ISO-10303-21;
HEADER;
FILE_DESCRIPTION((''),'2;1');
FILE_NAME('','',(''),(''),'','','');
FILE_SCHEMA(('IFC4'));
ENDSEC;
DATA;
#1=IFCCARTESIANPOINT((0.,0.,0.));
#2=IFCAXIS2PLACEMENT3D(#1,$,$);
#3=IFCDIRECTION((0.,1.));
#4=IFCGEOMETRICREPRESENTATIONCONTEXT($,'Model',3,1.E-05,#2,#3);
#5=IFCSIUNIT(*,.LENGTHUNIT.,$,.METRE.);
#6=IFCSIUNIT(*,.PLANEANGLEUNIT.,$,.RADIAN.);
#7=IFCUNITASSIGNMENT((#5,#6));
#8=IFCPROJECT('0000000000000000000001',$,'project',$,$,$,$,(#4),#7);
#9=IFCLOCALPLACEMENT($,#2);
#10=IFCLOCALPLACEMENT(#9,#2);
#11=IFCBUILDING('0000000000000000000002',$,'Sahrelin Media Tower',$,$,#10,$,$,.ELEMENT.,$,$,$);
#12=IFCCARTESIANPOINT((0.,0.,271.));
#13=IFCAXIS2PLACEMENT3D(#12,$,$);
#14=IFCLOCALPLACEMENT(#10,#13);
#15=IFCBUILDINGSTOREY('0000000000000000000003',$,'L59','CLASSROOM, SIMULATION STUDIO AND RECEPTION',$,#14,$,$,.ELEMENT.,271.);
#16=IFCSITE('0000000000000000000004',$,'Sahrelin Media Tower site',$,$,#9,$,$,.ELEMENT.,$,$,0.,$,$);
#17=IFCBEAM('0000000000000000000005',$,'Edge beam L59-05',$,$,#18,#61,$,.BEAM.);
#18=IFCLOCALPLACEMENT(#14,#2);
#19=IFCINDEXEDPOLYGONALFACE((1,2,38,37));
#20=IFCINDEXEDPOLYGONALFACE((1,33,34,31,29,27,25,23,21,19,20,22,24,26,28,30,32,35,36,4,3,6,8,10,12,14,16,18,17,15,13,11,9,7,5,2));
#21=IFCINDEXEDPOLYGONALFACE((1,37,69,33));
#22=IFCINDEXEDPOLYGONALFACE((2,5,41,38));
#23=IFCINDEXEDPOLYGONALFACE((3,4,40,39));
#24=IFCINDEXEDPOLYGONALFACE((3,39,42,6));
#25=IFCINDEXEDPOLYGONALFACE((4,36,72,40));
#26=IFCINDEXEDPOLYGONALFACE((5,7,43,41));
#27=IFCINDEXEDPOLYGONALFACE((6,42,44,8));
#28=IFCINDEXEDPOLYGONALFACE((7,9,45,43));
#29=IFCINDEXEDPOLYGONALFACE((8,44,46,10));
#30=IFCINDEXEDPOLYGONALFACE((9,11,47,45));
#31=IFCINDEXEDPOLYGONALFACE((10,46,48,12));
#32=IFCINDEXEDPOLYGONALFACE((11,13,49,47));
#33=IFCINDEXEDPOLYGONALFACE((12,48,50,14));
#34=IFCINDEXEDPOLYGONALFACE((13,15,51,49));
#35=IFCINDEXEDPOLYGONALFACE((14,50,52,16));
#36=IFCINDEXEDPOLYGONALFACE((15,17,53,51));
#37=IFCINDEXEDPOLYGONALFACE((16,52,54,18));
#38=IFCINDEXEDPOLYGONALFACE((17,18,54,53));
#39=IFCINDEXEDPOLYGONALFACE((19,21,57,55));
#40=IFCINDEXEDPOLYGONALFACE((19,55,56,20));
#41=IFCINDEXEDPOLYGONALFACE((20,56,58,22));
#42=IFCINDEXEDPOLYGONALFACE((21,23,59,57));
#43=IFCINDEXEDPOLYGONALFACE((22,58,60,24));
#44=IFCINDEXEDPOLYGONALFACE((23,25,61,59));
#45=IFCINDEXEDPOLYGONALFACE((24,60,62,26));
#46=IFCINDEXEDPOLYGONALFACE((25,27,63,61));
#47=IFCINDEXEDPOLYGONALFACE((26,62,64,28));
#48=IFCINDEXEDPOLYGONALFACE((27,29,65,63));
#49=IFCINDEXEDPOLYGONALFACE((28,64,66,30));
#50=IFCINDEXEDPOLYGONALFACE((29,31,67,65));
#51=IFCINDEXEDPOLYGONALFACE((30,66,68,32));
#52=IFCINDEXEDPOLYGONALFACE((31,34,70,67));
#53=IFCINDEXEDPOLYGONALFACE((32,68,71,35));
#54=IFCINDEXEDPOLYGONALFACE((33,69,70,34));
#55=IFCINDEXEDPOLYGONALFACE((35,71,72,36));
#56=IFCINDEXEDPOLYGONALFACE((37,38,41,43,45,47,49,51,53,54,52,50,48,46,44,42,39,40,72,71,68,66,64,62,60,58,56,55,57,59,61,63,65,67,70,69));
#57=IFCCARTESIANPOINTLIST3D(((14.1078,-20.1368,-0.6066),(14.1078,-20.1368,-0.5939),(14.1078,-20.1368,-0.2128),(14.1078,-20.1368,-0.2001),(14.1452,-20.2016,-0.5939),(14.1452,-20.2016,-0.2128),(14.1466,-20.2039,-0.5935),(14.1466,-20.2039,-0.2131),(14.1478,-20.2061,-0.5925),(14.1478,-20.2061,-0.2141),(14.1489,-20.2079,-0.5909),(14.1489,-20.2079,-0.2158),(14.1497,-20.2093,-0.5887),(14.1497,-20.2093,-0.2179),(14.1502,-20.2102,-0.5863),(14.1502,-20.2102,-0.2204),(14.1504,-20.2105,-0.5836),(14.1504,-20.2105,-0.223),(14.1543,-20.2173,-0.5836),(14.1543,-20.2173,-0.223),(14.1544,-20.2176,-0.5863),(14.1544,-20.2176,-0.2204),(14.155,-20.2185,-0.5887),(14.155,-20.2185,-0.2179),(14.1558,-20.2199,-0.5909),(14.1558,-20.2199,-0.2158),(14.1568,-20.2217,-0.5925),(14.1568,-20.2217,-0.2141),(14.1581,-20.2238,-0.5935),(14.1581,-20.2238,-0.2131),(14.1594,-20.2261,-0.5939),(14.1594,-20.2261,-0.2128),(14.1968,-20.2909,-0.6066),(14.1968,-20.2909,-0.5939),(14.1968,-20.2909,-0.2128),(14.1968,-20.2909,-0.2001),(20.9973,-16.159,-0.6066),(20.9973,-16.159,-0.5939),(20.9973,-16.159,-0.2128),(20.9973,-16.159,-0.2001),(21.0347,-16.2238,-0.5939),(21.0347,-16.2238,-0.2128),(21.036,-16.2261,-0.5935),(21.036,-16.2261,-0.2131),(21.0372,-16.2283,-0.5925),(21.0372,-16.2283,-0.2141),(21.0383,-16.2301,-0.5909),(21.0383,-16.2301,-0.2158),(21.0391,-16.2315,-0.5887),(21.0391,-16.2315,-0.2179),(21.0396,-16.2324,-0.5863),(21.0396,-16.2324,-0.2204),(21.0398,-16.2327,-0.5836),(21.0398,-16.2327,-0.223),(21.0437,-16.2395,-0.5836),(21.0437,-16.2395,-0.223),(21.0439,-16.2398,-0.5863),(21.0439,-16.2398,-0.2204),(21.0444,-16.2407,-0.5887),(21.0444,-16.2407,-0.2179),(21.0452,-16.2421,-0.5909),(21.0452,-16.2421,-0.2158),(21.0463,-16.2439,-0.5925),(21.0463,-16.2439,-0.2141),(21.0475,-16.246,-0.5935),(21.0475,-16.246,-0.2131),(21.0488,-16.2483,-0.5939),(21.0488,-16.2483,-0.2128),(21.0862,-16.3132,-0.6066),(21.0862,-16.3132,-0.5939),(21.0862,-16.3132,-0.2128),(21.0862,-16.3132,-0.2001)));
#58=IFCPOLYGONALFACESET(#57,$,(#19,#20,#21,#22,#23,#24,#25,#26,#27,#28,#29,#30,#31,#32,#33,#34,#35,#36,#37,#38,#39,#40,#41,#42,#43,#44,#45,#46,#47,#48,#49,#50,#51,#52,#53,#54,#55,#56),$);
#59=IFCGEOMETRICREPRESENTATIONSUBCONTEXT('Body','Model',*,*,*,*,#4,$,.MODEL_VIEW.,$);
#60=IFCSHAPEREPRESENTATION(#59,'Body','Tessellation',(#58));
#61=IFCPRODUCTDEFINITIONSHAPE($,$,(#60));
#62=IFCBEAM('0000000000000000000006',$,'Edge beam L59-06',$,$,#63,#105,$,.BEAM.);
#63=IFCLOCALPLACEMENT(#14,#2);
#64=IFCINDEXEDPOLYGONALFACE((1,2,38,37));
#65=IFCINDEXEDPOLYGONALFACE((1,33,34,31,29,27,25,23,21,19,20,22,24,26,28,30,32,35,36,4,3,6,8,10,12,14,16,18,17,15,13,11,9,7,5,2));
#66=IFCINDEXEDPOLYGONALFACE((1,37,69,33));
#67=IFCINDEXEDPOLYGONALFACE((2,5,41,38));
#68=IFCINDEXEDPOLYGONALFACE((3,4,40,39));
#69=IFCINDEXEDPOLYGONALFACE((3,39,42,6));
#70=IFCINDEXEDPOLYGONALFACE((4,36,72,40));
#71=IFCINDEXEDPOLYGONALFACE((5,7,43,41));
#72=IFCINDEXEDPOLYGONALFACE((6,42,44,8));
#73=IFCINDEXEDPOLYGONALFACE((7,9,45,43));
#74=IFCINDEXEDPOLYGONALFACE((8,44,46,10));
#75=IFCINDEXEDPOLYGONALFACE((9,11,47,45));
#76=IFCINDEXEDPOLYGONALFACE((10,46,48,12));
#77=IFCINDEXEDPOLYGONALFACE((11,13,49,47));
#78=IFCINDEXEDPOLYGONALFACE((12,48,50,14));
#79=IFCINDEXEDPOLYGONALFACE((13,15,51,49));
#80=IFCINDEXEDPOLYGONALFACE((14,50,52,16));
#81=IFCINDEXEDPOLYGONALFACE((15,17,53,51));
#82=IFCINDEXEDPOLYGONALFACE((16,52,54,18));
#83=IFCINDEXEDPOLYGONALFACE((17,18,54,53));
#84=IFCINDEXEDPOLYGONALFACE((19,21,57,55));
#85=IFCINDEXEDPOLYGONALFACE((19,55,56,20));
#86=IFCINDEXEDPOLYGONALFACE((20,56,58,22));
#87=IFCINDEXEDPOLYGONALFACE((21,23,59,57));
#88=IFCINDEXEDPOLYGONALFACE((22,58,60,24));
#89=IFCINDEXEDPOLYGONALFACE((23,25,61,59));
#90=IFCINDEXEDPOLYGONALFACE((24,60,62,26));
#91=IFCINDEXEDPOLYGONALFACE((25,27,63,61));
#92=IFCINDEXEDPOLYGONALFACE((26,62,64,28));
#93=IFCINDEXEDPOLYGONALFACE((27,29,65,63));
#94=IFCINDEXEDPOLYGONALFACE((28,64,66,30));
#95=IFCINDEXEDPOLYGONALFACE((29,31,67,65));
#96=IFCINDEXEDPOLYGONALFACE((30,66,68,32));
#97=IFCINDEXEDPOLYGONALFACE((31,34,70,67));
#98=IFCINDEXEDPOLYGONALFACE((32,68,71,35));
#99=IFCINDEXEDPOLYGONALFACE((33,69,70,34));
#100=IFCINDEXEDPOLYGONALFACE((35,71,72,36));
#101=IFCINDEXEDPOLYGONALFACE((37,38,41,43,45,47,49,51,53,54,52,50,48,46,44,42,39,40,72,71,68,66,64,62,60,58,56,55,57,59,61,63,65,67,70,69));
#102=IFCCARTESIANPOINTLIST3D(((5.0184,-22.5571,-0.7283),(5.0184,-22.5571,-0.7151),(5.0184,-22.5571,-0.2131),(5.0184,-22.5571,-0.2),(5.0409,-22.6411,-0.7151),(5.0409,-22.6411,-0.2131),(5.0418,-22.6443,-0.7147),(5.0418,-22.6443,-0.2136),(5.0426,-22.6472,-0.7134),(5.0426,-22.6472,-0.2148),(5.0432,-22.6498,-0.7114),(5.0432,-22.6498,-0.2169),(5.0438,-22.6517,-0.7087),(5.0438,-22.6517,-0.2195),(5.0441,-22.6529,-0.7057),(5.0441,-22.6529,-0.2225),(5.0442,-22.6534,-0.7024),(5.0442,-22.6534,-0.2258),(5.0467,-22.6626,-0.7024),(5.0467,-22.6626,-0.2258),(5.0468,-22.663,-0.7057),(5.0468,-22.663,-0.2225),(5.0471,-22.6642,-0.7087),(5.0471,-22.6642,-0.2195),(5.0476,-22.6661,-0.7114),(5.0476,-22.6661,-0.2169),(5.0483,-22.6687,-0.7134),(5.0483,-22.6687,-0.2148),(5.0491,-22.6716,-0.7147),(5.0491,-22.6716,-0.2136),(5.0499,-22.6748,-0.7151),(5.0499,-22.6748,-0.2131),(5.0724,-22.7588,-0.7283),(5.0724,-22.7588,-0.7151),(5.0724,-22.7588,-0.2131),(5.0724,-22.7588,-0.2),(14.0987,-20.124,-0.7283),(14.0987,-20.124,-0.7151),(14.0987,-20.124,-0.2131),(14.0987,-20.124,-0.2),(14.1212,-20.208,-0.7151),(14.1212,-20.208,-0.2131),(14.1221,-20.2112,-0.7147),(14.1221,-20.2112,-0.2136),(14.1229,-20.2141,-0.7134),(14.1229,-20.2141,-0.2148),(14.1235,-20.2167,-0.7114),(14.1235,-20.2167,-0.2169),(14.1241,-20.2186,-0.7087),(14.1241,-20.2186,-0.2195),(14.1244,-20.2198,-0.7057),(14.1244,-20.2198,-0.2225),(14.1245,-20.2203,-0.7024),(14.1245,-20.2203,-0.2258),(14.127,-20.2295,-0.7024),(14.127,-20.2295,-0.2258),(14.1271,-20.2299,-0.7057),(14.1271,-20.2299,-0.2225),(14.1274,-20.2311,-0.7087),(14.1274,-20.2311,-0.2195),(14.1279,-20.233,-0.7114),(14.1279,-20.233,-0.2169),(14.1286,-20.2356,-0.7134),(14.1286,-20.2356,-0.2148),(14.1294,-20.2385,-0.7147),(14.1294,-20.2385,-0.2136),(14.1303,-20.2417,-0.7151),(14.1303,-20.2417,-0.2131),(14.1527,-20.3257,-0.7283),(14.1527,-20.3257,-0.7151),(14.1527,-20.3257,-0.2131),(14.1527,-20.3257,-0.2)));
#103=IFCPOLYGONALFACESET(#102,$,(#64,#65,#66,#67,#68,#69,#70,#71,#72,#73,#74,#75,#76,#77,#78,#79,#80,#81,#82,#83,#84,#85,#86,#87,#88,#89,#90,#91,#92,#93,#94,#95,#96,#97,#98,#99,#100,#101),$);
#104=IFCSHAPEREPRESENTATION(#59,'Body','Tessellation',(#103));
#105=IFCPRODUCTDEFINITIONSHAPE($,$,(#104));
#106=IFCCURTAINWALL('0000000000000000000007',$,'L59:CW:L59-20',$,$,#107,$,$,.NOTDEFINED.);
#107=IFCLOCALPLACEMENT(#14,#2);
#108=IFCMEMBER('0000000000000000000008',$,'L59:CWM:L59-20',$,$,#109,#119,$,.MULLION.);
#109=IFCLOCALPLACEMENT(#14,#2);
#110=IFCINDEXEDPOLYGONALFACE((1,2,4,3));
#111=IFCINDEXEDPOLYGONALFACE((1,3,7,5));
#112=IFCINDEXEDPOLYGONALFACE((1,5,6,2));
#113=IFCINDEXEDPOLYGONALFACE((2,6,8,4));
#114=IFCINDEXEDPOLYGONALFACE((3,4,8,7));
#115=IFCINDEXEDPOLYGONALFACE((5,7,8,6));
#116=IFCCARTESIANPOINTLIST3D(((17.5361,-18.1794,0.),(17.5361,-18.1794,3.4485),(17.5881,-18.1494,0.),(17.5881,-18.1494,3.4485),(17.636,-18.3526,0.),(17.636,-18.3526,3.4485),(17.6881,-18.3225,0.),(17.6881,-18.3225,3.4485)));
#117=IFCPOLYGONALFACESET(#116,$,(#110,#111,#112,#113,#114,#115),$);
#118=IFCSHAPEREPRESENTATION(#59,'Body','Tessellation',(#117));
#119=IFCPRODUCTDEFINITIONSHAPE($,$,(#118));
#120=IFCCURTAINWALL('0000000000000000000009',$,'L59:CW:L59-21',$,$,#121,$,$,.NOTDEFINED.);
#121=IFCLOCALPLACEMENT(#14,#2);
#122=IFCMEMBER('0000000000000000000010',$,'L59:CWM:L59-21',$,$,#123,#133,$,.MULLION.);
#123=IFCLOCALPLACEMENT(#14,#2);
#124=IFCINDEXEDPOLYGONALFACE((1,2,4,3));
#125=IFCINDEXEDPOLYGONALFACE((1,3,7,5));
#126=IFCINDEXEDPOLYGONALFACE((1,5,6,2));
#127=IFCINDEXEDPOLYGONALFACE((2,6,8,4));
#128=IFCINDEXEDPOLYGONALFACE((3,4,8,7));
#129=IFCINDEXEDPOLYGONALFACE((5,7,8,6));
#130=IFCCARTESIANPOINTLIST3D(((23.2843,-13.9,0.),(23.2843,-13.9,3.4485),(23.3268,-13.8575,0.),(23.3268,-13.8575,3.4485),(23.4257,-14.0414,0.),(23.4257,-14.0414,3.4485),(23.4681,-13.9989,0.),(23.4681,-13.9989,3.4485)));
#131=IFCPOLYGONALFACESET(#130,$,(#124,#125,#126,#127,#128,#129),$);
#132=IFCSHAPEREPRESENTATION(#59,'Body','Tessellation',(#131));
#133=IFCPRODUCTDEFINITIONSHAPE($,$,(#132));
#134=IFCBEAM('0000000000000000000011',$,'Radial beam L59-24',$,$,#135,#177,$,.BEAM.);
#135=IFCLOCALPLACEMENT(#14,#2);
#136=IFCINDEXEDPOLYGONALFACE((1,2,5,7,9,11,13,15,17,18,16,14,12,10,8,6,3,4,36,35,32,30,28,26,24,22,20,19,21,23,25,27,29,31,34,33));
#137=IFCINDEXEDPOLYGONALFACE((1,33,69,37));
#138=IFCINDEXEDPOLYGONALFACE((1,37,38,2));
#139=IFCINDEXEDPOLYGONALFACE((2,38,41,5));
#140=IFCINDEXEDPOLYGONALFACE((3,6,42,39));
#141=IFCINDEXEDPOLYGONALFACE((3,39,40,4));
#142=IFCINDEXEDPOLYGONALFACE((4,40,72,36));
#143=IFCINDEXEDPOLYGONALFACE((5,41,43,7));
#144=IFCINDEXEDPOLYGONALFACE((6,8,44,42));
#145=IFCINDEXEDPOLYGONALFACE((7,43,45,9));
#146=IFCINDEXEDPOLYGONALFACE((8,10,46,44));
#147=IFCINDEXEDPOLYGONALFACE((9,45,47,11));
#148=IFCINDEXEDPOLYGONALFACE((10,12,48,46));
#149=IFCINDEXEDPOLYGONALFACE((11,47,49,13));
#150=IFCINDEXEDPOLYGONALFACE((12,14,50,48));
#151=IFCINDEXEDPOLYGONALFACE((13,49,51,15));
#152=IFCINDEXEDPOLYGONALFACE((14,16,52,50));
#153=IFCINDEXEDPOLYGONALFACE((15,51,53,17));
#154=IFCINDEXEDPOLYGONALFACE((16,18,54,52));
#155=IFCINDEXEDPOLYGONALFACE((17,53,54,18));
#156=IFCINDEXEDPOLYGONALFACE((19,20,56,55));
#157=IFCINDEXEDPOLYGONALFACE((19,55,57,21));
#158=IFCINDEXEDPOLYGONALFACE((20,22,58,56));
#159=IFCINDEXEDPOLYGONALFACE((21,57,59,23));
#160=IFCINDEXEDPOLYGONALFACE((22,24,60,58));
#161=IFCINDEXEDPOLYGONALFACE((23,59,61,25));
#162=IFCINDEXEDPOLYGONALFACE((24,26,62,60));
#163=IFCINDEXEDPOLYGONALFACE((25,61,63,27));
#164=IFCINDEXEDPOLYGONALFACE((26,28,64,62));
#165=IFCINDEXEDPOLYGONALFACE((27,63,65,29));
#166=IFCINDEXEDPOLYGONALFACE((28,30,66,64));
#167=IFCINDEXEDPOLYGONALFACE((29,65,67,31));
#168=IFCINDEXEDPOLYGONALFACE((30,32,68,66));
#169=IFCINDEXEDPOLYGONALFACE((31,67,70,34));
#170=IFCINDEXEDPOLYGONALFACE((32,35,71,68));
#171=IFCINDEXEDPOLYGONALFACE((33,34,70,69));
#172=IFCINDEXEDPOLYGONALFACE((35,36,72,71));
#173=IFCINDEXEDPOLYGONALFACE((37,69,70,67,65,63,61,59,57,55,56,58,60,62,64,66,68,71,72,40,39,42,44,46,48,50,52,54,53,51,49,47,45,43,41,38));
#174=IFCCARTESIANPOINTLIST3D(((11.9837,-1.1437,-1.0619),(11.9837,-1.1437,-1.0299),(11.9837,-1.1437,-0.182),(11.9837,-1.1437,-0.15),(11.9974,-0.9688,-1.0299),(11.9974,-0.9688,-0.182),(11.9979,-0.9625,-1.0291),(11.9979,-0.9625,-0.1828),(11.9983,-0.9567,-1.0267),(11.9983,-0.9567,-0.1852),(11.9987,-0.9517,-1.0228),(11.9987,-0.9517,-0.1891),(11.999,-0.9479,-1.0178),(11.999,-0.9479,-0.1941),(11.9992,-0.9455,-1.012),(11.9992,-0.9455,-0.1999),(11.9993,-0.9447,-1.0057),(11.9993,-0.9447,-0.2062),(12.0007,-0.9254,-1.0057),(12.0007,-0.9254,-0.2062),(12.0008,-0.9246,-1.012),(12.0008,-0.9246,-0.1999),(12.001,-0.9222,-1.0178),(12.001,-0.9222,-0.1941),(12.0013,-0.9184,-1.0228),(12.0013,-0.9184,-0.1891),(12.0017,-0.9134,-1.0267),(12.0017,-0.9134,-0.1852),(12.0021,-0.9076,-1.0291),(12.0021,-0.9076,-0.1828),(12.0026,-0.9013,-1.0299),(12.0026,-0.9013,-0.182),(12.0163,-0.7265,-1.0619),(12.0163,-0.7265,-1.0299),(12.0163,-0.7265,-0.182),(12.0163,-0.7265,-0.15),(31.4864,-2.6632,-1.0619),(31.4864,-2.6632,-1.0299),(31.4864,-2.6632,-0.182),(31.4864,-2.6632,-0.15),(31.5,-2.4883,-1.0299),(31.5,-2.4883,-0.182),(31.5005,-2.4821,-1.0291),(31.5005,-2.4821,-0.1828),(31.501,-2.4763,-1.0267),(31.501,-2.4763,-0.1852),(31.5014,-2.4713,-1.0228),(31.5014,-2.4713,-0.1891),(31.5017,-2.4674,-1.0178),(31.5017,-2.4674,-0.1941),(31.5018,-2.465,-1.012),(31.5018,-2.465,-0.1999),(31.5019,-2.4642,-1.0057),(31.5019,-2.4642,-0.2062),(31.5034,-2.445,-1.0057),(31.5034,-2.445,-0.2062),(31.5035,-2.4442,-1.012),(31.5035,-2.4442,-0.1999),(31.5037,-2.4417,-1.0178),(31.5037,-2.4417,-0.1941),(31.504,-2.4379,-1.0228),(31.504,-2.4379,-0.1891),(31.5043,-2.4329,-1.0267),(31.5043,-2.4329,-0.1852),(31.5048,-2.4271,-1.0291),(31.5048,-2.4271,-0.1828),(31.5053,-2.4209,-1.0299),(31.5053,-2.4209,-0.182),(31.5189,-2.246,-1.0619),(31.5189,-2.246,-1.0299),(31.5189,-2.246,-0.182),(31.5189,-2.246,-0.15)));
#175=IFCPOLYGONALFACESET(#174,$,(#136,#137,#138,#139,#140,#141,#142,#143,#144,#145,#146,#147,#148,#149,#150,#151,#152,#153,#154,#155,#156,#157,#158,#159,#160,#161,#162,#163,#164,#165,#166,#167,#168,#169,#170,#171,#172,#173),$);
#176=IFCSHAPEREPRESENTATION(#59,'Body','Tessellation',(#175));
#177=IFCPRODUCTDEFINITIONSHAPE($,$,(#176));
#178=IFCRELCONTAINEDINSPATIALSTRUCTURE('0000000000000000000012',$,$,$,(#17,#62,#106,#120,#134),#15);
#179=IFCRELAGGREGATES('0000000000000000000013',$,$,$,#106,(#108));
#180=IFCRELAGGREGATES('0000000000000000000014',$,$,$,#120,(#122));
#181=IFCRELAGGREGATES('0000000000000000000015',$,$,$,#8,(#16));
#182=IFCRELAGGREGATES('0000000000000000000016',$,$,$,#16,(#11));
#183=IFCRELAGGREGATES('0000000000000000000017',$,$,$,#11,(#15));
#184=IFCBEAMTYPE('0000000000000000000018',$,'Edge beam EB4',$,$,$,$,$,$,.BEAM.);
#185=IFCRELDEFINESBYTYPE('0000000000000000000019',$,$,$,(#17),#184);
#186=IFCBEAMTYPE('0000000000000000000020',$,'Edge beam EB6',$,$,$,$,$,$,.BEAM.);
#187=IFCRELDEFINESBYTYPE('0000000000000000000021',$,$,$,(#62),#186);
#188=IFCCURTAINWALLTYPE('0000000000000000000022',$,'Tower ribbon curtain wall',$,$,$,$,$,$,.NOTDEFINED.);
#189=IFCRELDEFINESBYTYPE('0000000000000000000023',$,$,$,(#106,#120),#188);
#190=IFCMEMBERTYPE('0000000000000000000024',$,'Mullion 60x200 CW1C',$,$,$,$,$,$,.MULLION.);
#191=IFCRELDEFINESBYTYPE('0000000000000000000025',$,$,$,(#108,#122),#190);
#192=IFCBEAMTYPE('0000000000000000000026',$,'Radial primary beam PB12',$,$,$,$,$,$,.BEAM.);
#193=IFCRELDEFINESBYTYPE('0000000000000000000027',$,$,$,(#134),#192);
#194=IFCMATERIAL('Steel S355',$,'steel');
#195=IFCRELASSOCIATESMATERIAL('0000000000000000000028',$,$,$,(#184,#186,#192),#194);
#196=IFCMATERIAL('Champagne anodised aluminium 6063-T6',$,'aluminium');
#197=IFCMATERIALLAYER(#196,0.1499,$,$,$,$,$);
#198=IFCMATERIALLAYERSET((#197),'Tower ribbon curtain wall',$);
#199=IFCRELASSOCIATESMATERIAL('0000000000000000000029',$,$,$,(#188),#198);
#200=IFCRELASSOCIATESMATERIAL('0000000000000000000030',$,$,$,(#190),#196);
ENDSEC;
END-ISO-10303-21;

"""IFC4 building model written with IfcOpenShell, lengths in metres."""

from ifc_helpers import new_model, si_unit, direction, frame, origin, origin_2d, place, context, subcontext, project, spatial, rectangle, i_section, extrude, material, layer, layer_set, material_profile, profile_set, type_object, element, aggregate, save


model = new_model("IFC4")

# Units and contexts
model_context = context("Model", 3, precision=1e-05, world=origin(), true_north=direction((0.0, 1.0)))
body_context = subcontext(model_context, "Body", "Model", "MODEL_VIEW")
ifc_project = project(units=[si_unit("LENGTHUNIT", "METRE"), si_unit("PLANEANGLEUNIT", "RADIAN")], contexts=[model_context])

# Site, building, storey
site_placement = place(None, origin())
site = spatial("IfcSite", under=ifc_project, at=site_placement, Name="Sahrelin Media Tower site", CompositionType="ELEMENT", RefElevation=0.0)
building_placement = place(site_placement, origin())
building = spatial("IfcBuilding", under=site, at=building_placement, Name="Sahrelin Media Tower", CompositionType="ELEMENT")
storey_placement = place(building_placement, frame((0.0, 0.0, 271.0)))
storey = spatial("IfcBuildingStorey", under=building, at=storey_placement, Name="L59", Description="CLASSROOM, SIMULATION STUDIO AND RECEPTION", CompositionType="ELEMENT", Elevation=271.0)

# Beams
ifc_material_1 = material(Name="Steel S355", Category="steel")
ifc_material_profile_1 = material_profile(ifc_material_1, i_section(OverallWidth=0.178, OverallDepth=0.4065, WebThickness=0.0078, FlangeThickness=0.0127, FilletRadius=0.0103, at=origin_2d()), Name="UB 406x178x60")
ifc_profile_set_1 = profile_set([ifc_material_profile_1], Name="Steel S355")
beam_type_1 = type_object("IfcBeamType", Name="Edge beam EB4", PredefinedType="BEAM", material=ifc_profile_set_1)
beam_1_placement = place(storey_placement, frame((21.0417, -16.2361, -0.4033), z_axis=(-0.866015, -0.500017, 0.0), x_axis=(0.500017, -0.866015, 0.0)))
element("IfcBeam", 1, at=beam_1_placement, inside=storey, type_object=beam_type_1, Name="Edge beam L59-05", PredefinedType="BEAM", context=body_context, shape_type="SweptSolid", body=[
    extrude(i_section(OverallWidth=0.178, OverallDepth=0.4065, WebThickness=0.0078, FlangeThickness=0.0127, FilletRadius=0.0103, at=origin_2d()), origin(), (0.0, 0.0, 1.0), 7.9553),
])
ifc_material_profile_2 = material_profile(ifc_material_1, i_section(OverallWidth=0.2087, OverallDepth=0.5283, WebThickness=0.0095, FlangeThickness=0.0132, FilletRadius=0.0127, at=origin_2d()), Name="UB 533x210x82")
ifc_profile_set_2 = profile_set([ifc_material_profile_2], Name="Steel S355")
beam_type_2 = type_object("IfcBeamType", Name="Edge beam EB6", PredefinedType="BEAM", material=ifc_profile_set_2)
beam_2_placement = place(storey_placement, frame((14.1257, -20.2249, -0.4641), z_axis=(-0.965925, -0.258823, 0.0), x_axis=(0.258823, -0.965925, 0.0)))
element("IfcBeam", 2, at=beam_2_placement, inside=storey, type_object=beam_type_2, Name="Edge beam L59-06", PredefinedType="BEAM", context=body_context, shape_type="SweptSolid", body=[
    extrude(i_section(OverallWidth=0.2087, OverallDepth=0.5283, WebThickness=0.0095, FlangeThickness=0.0132, FilletRadius=0.0127, at=origin_2d()), origin(), (0.0, 0.0, 1.0), 9.4006),
])

# Curtain walls, members
ifc_material_2 = material(Name="Champagne anodised aluminium 6063-T6", Category="aluminium")
ifc_layer_1 = layer(ifc_material_2, 0.1499)
ifc_layer_set_1 = layer_set([ifc_layer_1], Name="Tower ribbon curtain wall")
curtain_wall_type = type_object("IfcCurtainWallType", Name="Tower ribbon curtain wall", PredefinedType="NOTDEFINED", material=ifc_layer_set_1)
curtain_wall_1_placement = place(storey_placement, frame((17.6721, -18.3547, 0.0), z_axis=(0.0, 0.0, 1.0), x_axis=(1.0, 0.0, 0.0)))
curtain_wall_1 = element("IfcCurtainWall", 3, at=curtain_wall_1_placement, inside=storey, type_object=curtain_wall_type, Name="L59:CW:L59-20", PredefinedType="NOTDEFINED")
ifc_material_profile_3 = material_profile(ifc_material_2, rectangle(XDim=0.0601, YDim=0.2, at=origin_2d()), Name="Mullion 60x200")
ifc_profile_set_3 = profile_set([ifc_material_profile_3], Name="Champagne anodised aluminium 6063-T6")
member_type_1 = type_object("IfcMemberType", Name="Mullion 60x200 CW1C", PredefinedType="MULLION", material=ifc_profile_set_3)
member_1_placement = place(storey_placement, frame((17.6121, -18.251, 0.0), z_axis=(0.0, 0.0, 1.0), x_axis=(0.866028, 0.499995, 0.0)))
member_1 = element("IfcMember", 4, at=member_1_placement, type_object=member_type_1, Name="L59:CWM:L59-20", PredefinedType="MULLION", context=body_context, shape_type="SweptSolid", body=[
    extrude(rectangle(XDim=0.0601, YDim=0.2, at=origin_2d()), origin(), (0.0, 0.0, 1.0), 3.4485),
])
curtain_wall_2_placement = place(storey_placement, frame((23.4612, -14.0342, 0.0), z_axis=(0.0, 0.0, 1.0), x_axis=(1.0, 0.0, 0.0)))
curtain_wall_2 = element("IfcCurtainWall", 5, at=curtain_wall_2_placement, inside=storey, type_object=curtain_wall_type, Name="L59:CW:L59-21", PredefinedType="NOTDEFINED")
member_2_placement = place(storey_placement, frame((23.3762, -13.9495, 0.0), z_axis=(0.0, 0.0, 1.0), x_axis=(0.707114, 0.707099, 0.0)))
member_2 = element("IfcMember", 6, at=member_2_placement, type_object=member_type_1, Name="L59:CWM:L59-21", PredefinedType="MULLION", context=body_context, shape_type="SweptSolid", body=[
    extrude(rectangle(XDim=0.0601, YDim=0.2, at=origin_2d()), origin(), (0.0, 0.0, 1.0), 3.4485),
])

# Beam
ifc_material_profile_4 = material_profile(ifc_material_1, i_section(OverallWidth=0.4185, OverallDepth=0.9119, WebThickness=0.0193, FlangeThickness=0.032, FilletRadius=0.0242, at=origin_2d()), Name="UB 914x419x343")
ifc_profile_set_4 = profile_set([ifc_material_profile_4], Name="Steel S355")
beam_type_3 = type_object("IfcBeamType", Name="Radial primary beam PB12", PredefinedType="BEAM", material=ifc_profile_set_4)
beam_3_placement = place(storey_placement, frame((12.0, -0.9351, -0.606), z_axis=(0.996978, -0.077679, 0.0), x_axis=(0.077679, 0.996978, 0.0)))
element("IfcBeam", 7, at=beam_3_placement, inside=storey, type_object=beam_type_3, Name="Radial beam L59-24", PredefinedType="BEAM", context=body_context, shape_type="SweptSolid", body=[
    extrude(i_section(OverallWidth=0.4185, OverallDepth=0.9119, WebThickness=0.0193, FlangeThickness=0.032, FilletRadius=0.0242, at=origin_2d()), origin(), (0.0, 0.0, 1.0), 19.5618),
])

aggregate(curtain_wall_1, [member_1])
aggregate(curtain_wall_2, [member_2])

save(model, "model.ifc")
